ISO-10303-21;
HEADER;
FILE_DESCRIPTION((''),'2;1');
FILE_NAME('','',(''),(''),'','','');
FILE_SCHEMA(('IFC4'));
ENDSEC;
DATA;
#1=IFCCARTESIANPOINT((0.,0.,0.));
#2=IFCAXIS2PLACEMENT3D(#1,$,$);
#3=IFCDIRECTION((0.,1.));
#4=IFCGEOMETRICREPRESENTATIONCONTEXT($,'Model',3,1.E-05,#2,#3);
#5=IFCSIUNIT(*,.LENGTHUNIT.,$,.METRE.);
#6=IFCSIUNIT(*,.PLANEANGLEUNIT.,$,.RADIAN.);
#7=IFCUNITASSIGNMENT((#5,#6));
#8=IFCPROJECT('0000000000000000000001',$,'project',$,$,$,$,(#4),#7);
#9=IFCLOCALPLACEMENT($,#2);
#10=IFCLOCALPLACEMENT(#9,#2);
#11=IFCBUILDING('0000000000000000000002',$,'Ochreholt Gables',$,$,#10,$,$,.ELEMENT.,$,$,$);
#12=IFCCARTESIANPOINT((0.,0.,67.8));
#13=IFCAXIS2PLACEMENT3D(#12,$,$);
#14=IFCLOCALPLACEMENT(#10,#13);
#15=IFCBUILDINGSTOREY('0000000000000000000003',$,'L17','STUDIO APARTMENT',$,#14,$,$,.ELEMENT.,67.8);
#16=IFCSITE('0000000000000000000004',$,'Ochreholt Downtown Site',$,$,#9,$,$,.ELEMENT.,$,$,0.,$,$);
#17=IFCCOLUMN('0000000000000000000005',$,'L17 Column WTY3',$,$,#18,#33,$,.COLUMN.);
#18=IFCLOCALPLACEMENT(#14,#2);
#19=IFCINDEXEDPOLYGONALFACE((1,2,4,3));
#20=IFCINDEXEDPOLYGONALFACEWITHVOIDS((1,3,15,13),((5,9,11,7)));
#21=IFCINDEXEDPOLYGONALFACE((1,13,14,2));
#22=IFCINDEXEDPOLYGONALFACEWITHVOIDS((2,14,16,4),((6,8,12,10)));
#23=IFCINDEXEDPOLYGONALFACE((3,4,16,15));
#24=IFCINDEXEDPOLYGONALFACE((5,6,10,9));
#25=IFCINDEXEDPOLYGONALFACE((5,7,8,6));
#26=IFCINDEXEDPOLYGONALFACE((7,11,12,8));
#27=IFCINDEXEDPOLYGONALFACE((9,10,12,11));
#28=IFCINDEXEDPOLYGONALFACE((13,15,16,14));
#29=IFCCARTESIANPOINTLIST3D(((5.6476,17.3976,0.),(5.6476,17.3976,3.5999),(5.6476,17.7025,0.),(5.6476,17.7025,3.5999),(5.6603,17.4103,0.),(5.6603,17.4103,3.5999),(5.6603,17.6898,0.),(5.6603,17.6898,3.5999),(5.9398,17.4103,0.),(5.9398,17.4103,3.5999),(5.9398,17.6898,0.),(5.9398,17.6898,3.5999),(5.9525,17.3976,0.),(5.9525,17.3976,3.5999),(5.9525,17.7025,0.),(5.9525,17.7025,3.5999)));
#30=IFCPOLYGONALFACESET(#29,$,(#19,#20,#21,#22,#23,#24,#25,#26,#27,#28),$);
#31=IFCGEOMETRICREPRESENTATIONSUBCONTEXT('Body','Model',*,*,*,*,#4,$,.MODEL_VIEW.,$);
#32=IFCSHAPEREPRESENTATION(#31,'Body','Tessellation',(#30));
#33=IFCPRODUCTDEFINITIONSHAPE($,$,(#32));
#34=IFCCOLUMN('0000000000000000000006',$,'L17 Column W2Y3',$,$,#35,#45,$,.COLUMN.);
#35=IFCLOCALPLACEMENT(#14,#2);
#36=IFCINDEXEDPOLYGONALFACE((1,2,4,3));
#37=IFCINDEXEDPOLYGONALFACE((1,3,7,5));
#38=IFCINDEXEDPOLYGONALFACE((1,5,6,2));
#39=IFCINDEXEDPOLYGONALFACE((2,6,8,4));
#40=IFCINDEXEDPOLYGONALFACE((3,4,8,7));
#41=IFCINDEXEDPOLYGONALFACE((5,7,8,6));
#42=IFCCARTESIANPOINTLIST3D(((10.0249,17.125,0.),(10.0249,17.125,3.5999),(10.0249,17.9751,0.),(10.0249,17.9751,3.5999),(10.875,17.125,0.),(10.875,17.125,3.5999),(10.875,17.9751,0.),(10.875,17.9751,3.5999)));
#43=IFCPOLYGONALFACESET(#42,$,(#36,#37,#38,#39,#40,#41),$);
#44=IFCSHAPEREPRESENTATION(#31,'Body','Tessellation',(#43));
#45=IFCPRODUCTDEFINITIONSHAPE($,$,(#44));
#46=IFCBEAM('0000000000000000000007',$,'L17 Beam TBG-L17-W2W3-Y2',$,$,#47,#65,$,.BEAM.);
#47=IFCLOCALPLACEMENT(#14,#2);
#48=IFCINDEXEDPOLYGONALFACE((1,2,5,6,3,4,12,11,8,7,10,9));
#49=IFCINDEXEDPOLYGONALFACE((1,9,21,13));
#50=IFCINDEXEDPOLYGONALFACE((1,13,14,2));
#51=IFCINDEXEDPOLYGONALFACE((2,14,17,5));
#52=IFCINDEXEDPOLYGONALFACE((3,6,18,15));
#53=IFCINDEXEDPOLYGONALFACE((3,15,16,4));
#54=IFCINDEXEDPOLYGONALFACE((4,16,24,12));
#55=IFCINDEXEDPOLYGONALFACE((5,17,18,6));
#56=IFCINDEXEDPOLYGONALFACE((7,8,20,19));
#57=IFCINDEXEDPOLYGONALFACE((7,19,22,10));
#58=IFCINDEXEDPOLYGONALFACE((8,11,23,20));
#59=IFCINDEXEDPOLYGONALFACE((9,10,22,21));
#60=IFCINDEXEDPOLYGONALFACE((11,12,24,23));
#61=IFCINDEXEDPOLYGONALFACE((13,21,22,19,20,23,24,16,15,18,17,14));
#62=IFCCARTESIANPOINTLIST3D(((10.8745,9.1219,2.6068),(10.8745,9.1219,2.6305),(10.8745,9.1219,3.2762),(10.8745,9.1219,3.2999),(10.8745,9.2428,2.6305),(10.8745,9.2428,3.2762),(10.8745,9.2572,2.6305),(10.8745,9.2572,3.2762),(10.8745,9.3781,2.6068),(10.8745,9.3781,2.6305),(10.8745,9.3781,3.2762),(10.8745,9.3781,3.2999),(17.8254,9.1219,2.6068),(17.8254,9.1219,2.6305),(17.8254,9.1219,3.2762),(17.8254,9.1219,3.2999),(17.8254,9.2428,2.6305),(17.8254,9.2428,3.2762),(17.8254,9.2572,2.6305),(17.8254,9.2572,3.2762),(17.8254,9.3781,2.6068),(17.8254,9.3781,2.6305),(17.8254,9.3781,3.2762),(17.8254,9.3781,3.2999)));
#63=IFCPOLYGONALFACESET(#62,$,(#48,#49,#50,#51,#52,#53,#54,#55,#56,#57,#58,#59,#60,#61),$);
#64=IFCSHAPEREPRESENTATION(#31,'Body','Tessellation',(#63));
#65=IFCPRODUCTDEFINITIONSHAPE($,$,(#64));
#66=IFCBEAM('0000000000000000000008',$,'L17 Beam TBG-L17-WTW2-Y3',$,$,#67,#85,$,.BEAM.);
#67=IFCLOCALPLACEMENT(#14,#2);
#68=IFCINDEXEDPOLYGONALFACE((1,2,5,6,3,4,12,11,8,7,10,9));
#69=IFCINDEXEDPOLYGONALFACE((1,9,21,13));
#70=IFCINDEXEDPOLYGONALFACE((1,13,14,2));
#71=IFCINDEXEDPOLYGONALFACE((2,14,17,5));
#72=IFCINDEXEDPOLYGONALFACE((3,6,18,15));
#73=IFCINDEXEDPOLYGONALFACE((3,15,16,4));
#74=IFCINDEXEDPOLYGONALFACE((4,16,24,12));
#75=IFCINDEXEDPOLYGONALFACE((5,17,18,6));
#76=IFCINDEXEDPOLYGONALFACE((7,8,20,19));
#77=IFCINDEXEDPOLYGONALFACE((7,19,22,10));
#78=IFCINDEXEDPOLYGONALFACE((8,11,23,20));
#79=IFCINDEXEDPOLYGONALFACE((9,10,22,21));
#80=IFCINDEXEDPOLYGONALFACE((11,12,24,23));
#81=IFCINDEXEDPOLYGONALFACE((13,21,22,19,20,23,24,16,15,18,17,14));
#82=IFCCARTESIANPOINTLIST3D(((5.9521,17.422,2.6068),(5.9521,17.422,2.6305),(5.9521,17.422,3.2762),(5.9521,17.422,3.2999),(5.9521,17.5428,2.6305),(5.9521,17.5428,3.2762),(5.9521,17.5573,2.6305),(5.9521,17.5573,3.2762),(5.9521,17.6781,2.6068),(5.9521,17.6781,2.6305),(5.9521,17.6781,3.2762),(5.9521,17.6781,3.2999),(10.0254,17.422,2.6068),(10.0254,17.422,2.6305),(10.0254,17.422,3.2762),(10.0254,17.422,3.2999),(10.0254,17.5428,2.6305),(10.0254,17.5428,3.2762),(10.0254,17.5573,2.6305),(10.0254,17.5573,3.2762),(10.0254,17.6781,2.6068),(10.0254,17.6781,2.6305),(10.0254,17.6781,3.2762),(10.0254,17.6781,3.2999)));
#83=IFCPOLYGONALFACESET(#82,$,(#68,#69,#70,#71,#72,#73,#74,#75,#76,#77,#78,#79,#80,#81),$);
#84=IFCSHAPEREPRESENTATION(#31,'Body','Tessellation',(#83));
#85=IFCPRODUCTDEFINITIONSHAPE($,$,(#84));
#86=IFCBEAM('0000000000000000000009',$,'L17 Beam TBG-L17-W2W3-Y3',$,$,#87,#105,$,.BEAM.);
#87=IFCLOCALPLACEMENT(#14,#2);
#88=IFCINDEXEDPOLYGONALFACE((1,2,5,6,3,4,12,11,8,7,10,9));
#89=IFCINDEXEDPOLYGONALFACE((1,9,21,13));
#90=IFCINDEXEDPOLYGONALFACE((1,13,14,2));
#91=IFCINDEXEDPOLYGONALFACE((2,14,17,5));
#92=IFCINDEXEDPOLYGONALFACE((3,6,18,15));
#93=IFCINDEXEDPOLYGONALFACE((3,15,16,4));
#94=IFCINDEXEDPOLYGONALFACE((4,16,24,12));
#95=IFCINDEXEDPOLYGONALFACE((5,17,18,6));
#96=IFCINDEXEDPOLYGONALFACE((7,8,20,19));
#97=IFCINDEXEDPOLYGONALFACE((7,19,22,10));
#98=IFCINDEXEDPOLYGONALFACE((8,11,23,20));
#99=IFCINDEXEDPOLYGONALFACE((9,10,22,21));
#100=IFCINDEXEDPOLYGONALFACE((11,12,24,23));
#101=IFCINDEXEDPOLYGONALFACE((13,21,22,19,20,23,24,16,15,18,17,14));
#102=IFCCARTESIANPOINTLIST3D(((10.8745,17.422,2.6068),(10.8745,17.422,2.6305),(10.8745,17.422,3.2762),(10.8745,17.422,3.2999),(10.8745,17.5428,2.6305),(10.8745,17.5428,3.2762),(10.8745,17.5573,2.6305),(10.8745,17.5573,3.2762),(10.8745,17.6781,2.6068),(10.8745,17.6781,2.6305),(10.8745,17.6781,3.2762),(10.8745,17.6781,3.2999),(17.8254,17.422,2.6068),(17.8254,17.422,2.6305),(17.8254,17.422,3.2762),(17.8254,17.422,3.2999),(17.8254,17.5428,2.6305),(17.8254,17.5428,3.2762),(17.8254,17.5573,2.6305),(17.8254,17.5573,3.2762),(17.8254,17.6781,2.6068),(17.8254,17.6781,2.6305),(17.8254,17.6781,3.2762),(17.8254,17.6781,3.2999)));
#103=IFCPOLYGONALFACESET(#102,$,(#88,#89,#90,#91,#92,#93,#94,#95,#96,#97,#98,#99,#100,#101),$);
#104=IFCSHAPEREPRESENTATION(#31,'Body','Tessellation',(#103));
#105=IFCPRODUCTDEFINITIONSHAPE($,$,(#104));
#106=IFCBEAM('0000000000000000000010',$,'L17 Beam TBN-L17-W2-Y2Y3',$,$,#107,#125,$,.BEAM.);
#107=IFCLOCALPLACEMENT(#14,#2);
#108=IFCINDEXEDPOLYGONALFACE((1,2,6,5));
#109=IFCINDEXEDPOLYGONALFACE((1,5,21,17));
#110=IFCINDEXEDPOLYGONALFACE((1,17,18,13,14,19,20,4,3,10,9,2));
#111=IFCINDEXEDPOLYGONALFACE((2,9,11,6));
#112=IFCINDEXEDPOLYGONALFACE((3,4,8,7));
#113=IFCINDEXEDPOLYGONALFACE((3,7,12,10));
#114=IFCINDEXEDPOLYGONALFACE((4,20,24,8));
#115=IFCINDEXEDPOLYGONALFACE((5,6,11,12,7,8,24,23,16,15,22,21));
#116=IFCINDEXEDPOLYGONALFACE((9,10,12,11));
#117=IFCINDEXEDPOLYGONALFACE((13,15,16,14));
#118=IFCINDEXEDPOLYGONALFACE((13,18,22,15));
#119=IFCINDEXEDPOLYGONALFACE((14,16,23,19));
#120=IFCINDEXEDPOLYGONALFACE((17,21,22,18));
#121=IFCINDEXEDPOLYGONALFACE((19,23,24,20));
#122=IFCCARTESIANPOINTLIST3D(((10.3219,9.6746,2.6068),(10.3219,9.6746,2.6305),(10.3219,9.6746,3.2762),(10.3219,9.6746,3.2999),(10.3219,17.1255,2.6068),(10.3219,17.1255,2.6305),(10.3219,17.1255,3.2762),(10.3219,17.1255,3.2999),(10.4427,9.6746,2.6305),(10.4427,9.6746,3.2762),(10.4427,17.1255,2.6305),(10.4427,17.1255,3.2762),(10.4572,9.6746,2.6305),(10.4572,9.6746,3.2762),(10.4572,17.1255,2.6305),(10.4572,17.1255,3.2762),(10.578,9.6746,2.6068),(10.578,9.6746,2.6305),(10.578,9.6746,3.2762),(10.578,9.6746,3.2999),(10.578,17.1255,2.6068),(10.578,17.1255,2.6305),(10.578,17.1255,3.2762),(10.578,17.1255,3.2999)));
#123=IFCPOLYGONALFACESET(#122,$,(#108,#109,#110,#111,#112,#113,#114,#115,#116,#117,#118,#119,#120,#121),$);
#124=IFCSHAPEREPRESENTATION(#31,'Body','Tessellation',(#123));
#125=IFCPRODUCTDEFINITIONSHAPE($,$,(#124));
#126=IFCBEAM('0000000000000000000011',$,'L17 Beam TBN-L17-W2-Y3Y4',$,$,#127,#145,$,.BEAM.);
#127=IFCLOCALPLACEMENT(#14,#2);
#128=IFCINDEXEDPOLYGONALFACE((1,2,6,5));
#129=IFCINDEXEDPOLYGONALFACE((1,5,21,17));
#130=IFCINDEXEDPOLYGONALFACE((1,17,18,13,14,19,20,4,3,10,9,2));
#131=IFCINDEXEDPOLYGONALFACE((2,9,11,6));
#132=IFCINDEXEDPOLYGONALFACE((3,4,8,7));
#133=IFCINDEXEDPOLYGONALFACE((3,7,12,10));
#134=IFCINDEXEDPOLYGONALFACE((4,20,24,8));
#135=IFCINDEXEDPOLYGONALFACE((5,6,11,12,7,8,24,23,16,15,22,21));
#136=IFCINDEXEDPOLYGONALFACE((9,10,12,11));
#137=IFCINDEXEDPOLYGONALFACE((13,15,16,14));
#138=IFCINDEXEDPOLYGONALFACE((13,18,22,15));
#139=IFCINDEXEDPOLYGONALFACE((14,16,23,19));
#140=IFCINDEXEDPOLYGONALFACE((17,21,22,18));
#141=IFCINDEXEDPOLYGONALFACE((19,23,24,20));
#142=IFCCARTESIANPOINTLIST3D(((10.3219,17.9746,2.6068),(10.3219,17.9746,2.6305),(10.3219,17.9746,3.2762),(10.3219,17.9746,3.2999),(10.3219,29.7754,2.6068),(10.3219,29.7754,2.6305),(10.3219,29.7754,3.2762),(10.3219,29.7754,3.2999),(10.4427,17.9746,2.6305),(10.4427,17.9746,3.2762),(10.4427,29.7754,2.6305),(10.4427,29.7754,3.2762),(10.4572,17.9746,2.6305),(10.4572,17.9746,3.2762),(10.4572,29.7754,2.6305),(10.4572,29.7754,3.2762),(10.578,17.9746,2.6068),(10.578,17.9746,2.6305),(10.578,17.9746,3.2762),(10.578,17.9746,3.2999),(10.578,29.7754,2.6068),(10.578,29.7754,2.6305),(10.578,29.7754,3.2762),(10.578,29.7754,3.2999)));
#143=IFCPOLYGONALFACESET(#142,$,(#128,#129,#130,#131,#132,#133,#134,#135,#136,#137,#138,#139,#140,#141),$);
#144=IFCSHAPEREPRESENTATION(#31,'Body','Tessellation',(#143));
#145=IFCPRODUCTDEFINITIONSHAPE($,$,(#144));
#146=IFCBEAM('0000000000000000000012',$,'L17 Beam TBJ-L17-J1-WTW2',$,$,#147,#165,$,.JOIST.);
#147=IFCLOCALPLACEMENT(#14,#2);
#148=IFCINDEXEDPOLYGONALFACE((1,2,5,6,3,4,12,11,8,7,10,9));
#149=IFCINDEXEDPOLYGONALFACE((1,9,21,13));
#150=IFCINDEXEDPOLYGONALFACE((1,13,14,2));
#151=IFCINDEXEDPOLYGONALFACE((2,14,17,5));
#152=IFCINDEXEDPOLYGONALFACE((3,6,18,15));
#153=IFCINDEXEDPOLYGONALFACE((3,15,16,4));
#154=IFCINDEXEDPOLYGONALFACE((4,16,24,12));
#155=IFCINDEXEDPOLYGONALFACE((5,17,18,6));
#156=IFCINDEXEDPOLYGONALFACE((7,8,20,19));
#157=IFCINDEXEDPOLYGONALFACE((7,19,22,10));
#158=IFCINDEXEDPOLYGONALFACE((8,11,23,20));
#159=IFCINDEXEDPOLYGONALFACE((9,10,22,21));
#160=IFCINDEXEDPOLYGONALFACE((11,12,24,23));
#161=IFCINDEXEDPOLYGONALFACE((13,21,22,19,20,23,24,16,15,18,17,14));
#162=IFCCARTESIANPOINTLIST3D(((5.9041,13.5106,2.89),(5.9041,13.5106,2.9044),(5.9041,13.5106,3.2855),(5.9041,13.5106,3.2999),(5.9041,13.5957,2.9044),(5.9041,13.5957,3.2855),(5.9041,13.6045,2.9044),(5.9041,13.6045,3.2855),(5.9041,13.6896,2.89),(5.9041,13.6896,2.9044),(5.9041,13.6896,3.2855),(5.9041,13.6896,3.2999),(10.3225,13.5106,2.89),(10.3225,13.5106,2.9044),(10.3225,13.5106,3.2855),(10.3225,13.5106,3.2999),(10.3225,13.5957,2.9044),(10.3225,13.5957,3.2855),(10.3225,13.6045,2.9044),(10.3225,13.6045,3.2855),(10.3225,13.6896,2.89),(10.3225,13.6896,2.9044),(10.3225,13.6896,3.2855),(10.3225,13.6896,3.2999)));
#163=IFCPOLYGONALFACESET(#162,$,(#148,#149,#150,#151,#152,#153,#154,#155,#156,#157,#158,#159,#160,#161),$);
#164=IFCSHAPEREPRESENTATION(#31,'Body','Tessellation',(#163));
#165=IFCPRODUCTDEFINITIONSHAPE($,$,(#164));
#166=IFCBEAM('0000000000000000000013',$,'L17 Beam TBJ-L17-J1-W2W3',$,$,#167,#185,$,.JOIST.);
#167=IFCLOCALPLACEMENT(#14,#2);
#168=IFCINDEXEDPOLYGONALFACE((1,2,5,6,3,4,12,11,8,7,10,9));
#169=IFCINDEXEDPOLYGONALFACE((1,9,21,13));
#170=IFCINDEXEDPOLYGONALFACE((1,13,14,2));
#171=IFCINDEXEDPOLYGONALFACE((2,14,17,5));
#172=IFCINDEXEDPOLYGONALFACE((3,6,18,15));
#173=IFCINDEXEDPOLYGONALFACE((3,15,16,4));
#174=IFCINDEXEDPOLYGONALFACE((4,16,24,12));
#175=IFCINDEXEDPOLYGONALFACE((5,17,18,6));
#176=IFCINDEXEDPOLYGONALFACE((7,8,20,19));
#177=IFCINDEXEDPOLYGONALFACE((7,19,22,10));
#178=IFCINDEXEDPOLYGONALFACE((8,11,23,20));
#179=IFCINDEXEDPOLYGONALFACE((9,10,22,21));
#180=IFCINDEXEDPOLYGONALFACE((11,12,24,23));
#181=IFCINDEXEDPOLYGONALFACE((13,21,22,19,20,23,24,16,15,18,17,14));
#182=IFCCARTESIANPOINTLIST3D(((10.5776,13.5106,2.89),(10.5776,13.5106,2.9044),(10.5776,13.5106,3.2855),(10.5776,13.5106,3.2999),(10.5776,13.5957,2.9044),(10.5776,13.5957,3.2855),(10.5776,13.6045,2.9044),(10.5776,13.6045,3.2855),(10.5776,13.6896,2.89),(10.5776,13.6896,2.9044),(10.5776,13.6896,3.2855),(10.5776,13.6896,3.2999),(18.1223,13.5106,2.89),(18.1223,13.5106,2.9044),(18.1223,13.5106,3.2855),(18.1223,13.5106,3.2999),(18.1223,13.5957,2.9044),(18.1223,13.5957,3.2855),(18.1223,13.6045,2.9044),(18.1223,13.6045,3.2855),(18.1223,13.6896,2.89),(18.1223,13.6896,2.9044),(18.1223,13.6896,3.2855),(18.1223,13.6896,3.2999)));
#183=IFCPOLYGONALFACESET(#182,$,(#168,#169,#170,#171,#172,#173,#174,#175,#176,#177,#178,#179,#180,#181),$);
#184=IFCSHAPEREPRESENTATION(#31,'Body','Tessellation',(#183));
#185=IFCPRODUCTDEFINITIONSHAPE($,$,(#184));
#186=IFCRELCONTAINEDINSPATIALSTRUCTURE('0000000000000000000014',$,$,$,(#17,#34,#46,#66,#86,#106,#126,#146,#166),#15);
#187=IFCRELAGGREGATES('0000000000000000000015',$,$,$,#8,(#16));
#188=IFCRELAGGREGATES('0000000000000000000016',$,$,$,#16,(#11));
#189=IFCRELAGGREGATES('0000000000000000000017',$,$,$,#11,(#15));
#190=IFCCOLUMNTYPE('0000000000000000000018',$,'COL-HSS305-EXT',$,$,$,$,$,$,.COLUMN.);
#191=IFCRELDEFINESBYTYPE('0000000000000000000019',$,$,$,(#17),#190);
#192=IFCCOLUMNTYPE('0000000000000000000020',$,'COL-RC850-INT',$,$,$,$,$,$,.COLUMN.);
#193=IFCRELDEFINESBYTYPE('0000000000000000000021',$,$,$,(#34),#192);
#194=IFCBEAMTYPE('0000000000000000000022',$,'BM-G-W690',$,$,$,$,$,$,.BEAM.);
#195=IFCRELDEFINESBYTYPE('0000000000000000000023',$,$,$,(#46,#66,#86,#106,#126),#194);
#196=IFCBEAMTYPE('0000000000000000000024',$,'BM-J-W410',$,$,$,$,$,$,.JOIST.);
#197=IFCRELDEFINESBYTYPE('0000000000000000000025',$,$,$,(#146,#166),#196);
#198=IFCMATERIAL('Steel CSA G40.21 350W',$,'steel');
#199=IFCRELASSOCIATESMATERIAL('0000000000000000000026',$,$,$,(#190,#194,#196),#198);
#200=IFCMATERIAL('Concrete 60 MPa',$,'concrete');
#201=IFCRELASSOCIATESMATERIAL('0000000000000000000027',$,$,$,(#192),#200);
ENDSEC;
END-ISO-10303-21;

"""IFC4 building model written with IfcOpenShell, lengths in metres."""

from ifc_helpers import new_model, si_unit, direction, frame, origin, origin_2d, place, context, subcontext, project, spatial, rectangle, hollow_rectangle, i_section, extrude, material, material_profile, profile_set, type_object, element, save


model = new_model("IFC4")

# Units and contexts
model_context = context("Model", 3, precision=1e-05, world=origin(), true_north=direction((0.0, 1.0)))
body_context = subcontext(model_context, "Body", "Model", "MODEL_VIEW")
ifc_project = project(units=[si_unit("LENGTHUNIT", "METRE"), si_unit("PLANEANGLEUNIT", "RADIAN")], contexts=[model_context])

# Site, building, storey
site_placement = place(None, origin())
site = spatial("IfcSite", under=ifc_project, at=site_placement, Name="Ochreholt Downtown Site", CompositionType="ELEMENT", RefElevation=0.0)
building_placement = place(site_placement, origin())
building = spatial("IfcBuilding", under=site, at=building_placement, Name="Ochreholt Gables", CompositionType="ELEMENT")
storey_placement = place(building_placement, frame((0.0, 0.0, 67.8)))
storey = spatial("IfcBuildingStorey", under=building, at=storey_placement, Name="L17", Description="STUDIO APARTMENT", CompositionType="ELEMENT", Elevation=67.8)

# Columns
ifc_material_1 = material(Name="Steel CSA G40.21 350W", Category="steel")
ifc_material_profile_1 = material_profile(ifc_material_1, hollow_rectangle(XDim=0.3049, YDim=0.3049, WallThickness=0.0127, at=origin_2d()), Name="HSS305X305X13")
ifc_profile_set_1 = profile_set([ifc_material_profile_1], Name="Steel CSA G40.21 350W")
column_type_1 = type_object("IfcColumnType", Name="COL-HSS305-EXT", PredefinedType="COLUMN", material=ifc_profile_set_1)
column_1_placement = place(storey_placement, frame((5.8, 17.55, 0.0), z_axis=(0.0, 0.0, 1.0), x_axis=(1.0, 0.0, 0.0)))
element("IfcColumn", 1, at=column_1_placement, inside=storey, type_object=column_type_1, Name="L17 Column WTY3", PredefinedType="COLUMN", context=body_context, shape_type="SweptSolid", body=[
    extrude(hollow_rectangle(XDim=0.3049, YDim=0.3049, WallThickness=0.0127, at=origin_2d()), origin(), (0.0, 0.0, 1.0), 3.5999),
])
ifc_material_2 = material(Name="Concrete 60 MPa", Category="concrete")
ifc_material_profile_2 = material_profile(ifc_material_2, rectangle(XDim=0.8501, YDim=0.8501, at=origin_2d()), Name="RC850X850")
ifc_profile_set_2 = profile_set([ifc_material_profile_2], Name="Concrete 60 MPa")
column_type_2 = type_object("IfcColumnType", Name="COL-RC850-INT", PredefinedType="COLUMN", material=ifc_profile_set_2)
column_2_placement = place(storey_placement, frame((10.45, 17.55, 0.0), z_axis=(0.0, 0.0, 1.0), x_axis=(1.0, 0.0, 0.0)))
element("IfcColumn", 2, at=column_2_placement, inside=storey, type_object=column_type_2, Name="L17 Column W2Y3", PredefinedType="COLUMN", context=body_context, shape_type="SweptSolid", body=[
    extrude(rectangle(XDim=0.8501, YDim=0.8501, at=origin_2d()), origin(), (0.0, 0.0, 1.0), 3.5999),
])

# Beams
ifc_material_profile_3 = material_profile(ifc_material_1, i_section(OverallWidth=0.2561, OverallDepth=0.6931, WebThickness=0.0144, FlangeThickness=0.0237, at=origin_2d()), Name="W690X170")
ifc_profile_set_3 = profile_set([ifc_material_profile_3], Name="Steel CSA G40.21 350W")
beam_type_1 = type_object("IfcBeamType", Name="BM-G-W690", PredefinedType="BEAM", material=ifc_profile_set_3)
beam_1_placement = place(storey_placement, frame((10.8745, 9.25, 2.9534), z_axis=(1.0, 0.0, 0.0), x_axis=(0.0, 1.0, 0.0)))
element("IfcBeam", 3, at=beam_1_placement, inside=storey, type_object=beam_type_1, Name="L17 Beam TBG-L17-W2W3-Y2", PredefinedType="BEAM", context=body_context, shape_type="SweptSolid", body=[
    extrude(i_section(OverallWidth=0.2561, OverallDepth=0.6931, WebThickness=0.0144, FlangeThickness=0.0237, at=origin_2d()), origin(), (0.0, 0.0, 1.0), 6.9509),
])
beam_2_placement = place(storey_placement, frame((5.9521, 17.55, 2.9534), z_axis=(1.0, 0.0, 0.0), x_axis=(0.0, 1.0, 0.0)))
element("IfcBeam", 4, at=beam_2_placement, inside=storey, type_object=beam_type_1, Name="L17 Beam TBG-L17-WTW2-Y3", PredefinedType="BEAM", context=body_context, shape_type="SweptSolid", body=[
    extrude(i_section(OverallWidth=0.2561, OverallDepth=0.6931, WebThickness=0.0144, FlangeThickness=0.0237, at=origin_2d()), origin(), (0.0, 0.0, 1.0), 4.0732),
])
beam_3_placement = place(storey_placement, frame((10.8745, 17.55, 2.9534), z_axis=(1.0, 0.0, 0.0), x_axis=(0.0, 1.0, 0.0)))
element("IfcBeam", 5, at=beam_3_placement, inside=storey, type_object=beam_type_1, Name="L17 Beam TBG-L17-W2W3-Y3", PredefinedType="BEAM", context=body_context, shape_type="SweptSolid", body=[
    extrude(i_section(OverallWidth=0.2561, OverallDepth=0.6931, WebThickness=0.0144, FlangeThickness=0.0237, at=origin_2d()), origin(), (0.0, 0.0, 1.0), 6.9509),
])
beam_4_placement = place(storey_placement, frame((10.45, 9.6746, 2.9534), z_axis=(0.0, 1.0, 0.0), x_axis=(-1.0, 0.0, 0.0)))
element("IfcBeam", 6, at=beam_4_placement, inside=storey, type_object=beam_type_1, Name="L17 Beam TBN-L17-W2-Y2Y3", PredefinedType="BEAM", context=body_context, shape_type="SweptSolid", body=[
    extrude(i_section(OverallWidth=0.2561, OverallDepth=0.6931, WebThickness=0.0144, FlangeThickness=0.0237, at=origin_2d()), origin(), (0.0, 0.0, 1.0), 7.4509),
])
beam_5_placement = place(storey_placement, frame((10.45, 17.9746, 2.9534), z_axis=(0.0, 1.0, 0.0), x_axis=(-1.0, 0.0, 0.0)))
element("IfcBeam", 7, at=beam_5_placement, inside=storey, type_object=beam_type_1, Name="L17 Beam TBN-L17-W2-Y3Y4", PredefinedType="BEAM", context=body_context, shape_type="SweptSolid", body=[
    extrude(i_section(OverallWidth=0.2561, OverallDepth=0.6931, WebThickness=0.0144, FlangeThickness=0.0237, at=origin_2d()), origin(), (0.0, 0.0, 1.0), 11.8008),
])
ifc_material_profile_4 = material_profile(ifc_material_1, i_section(OverallWidth=0.179, OverallDepth=0.4099, WebThickness=0.0088, FlangeThickness=0.0144, at=origin_2d()), Name="W410X67")
ifc_profile_set_4 = profile_set([ifc_material_profile_4], Name="Steel CSA G40.21 350W")
beam_type_2 = type_object("IfcBeamType", Name="BM-J-W410", PredefinedType="JOIST", material=ifc_profile_set_4)
beam_6_placement = place(storey_placement, frame((5.9041, 13.6001, 3.095), z_axis=(1.0, 0.0, 0.0), x_axis=(0.0, 1.0, 0.0)))
element("IfcBeam", 8, at=beam_6_placement, inside=storey, type_object=beam_type_2, Name="L17 Beam TBJ-L17-J1-WTW2", PredefinedType="JOIST", context=body_context, shape_type="SweptSolid", body=[
    extrude(i_section(OverallWidth=0.179, OverallDepth=0.4099, WebThickness=0.0088, FlangeThickness=0.0144, at=origin_2d()), origin(), (0.0, 0.0, 1.0), 4.4185),
])
beam_7_placement = place(storey_placement, frame((10.5776, 13.6001, 3.095), z_axis=(1.0, 0.0, 0.0), x_axis=(0.0, 1.0, 0.0)))
element("IfcBeam", 9, at=beam_7_placement, inside=storey, type_object=beam_type_2, Name="L17 Beam TBJ-L17-J1-W2W3", PredefinedType="JOIST", context=body_context, shape_type="SweptSolid", body=[
    extrude(i_section(OverallWidth=0.179, OverallDepth=0.4099, WebThickness=0.0088, FlangeThickness=0.0144, at=origin_2d()), origin(), (0.0, 0.0, 1.0), 7.5447),
])

save(model, "model.ifc")
